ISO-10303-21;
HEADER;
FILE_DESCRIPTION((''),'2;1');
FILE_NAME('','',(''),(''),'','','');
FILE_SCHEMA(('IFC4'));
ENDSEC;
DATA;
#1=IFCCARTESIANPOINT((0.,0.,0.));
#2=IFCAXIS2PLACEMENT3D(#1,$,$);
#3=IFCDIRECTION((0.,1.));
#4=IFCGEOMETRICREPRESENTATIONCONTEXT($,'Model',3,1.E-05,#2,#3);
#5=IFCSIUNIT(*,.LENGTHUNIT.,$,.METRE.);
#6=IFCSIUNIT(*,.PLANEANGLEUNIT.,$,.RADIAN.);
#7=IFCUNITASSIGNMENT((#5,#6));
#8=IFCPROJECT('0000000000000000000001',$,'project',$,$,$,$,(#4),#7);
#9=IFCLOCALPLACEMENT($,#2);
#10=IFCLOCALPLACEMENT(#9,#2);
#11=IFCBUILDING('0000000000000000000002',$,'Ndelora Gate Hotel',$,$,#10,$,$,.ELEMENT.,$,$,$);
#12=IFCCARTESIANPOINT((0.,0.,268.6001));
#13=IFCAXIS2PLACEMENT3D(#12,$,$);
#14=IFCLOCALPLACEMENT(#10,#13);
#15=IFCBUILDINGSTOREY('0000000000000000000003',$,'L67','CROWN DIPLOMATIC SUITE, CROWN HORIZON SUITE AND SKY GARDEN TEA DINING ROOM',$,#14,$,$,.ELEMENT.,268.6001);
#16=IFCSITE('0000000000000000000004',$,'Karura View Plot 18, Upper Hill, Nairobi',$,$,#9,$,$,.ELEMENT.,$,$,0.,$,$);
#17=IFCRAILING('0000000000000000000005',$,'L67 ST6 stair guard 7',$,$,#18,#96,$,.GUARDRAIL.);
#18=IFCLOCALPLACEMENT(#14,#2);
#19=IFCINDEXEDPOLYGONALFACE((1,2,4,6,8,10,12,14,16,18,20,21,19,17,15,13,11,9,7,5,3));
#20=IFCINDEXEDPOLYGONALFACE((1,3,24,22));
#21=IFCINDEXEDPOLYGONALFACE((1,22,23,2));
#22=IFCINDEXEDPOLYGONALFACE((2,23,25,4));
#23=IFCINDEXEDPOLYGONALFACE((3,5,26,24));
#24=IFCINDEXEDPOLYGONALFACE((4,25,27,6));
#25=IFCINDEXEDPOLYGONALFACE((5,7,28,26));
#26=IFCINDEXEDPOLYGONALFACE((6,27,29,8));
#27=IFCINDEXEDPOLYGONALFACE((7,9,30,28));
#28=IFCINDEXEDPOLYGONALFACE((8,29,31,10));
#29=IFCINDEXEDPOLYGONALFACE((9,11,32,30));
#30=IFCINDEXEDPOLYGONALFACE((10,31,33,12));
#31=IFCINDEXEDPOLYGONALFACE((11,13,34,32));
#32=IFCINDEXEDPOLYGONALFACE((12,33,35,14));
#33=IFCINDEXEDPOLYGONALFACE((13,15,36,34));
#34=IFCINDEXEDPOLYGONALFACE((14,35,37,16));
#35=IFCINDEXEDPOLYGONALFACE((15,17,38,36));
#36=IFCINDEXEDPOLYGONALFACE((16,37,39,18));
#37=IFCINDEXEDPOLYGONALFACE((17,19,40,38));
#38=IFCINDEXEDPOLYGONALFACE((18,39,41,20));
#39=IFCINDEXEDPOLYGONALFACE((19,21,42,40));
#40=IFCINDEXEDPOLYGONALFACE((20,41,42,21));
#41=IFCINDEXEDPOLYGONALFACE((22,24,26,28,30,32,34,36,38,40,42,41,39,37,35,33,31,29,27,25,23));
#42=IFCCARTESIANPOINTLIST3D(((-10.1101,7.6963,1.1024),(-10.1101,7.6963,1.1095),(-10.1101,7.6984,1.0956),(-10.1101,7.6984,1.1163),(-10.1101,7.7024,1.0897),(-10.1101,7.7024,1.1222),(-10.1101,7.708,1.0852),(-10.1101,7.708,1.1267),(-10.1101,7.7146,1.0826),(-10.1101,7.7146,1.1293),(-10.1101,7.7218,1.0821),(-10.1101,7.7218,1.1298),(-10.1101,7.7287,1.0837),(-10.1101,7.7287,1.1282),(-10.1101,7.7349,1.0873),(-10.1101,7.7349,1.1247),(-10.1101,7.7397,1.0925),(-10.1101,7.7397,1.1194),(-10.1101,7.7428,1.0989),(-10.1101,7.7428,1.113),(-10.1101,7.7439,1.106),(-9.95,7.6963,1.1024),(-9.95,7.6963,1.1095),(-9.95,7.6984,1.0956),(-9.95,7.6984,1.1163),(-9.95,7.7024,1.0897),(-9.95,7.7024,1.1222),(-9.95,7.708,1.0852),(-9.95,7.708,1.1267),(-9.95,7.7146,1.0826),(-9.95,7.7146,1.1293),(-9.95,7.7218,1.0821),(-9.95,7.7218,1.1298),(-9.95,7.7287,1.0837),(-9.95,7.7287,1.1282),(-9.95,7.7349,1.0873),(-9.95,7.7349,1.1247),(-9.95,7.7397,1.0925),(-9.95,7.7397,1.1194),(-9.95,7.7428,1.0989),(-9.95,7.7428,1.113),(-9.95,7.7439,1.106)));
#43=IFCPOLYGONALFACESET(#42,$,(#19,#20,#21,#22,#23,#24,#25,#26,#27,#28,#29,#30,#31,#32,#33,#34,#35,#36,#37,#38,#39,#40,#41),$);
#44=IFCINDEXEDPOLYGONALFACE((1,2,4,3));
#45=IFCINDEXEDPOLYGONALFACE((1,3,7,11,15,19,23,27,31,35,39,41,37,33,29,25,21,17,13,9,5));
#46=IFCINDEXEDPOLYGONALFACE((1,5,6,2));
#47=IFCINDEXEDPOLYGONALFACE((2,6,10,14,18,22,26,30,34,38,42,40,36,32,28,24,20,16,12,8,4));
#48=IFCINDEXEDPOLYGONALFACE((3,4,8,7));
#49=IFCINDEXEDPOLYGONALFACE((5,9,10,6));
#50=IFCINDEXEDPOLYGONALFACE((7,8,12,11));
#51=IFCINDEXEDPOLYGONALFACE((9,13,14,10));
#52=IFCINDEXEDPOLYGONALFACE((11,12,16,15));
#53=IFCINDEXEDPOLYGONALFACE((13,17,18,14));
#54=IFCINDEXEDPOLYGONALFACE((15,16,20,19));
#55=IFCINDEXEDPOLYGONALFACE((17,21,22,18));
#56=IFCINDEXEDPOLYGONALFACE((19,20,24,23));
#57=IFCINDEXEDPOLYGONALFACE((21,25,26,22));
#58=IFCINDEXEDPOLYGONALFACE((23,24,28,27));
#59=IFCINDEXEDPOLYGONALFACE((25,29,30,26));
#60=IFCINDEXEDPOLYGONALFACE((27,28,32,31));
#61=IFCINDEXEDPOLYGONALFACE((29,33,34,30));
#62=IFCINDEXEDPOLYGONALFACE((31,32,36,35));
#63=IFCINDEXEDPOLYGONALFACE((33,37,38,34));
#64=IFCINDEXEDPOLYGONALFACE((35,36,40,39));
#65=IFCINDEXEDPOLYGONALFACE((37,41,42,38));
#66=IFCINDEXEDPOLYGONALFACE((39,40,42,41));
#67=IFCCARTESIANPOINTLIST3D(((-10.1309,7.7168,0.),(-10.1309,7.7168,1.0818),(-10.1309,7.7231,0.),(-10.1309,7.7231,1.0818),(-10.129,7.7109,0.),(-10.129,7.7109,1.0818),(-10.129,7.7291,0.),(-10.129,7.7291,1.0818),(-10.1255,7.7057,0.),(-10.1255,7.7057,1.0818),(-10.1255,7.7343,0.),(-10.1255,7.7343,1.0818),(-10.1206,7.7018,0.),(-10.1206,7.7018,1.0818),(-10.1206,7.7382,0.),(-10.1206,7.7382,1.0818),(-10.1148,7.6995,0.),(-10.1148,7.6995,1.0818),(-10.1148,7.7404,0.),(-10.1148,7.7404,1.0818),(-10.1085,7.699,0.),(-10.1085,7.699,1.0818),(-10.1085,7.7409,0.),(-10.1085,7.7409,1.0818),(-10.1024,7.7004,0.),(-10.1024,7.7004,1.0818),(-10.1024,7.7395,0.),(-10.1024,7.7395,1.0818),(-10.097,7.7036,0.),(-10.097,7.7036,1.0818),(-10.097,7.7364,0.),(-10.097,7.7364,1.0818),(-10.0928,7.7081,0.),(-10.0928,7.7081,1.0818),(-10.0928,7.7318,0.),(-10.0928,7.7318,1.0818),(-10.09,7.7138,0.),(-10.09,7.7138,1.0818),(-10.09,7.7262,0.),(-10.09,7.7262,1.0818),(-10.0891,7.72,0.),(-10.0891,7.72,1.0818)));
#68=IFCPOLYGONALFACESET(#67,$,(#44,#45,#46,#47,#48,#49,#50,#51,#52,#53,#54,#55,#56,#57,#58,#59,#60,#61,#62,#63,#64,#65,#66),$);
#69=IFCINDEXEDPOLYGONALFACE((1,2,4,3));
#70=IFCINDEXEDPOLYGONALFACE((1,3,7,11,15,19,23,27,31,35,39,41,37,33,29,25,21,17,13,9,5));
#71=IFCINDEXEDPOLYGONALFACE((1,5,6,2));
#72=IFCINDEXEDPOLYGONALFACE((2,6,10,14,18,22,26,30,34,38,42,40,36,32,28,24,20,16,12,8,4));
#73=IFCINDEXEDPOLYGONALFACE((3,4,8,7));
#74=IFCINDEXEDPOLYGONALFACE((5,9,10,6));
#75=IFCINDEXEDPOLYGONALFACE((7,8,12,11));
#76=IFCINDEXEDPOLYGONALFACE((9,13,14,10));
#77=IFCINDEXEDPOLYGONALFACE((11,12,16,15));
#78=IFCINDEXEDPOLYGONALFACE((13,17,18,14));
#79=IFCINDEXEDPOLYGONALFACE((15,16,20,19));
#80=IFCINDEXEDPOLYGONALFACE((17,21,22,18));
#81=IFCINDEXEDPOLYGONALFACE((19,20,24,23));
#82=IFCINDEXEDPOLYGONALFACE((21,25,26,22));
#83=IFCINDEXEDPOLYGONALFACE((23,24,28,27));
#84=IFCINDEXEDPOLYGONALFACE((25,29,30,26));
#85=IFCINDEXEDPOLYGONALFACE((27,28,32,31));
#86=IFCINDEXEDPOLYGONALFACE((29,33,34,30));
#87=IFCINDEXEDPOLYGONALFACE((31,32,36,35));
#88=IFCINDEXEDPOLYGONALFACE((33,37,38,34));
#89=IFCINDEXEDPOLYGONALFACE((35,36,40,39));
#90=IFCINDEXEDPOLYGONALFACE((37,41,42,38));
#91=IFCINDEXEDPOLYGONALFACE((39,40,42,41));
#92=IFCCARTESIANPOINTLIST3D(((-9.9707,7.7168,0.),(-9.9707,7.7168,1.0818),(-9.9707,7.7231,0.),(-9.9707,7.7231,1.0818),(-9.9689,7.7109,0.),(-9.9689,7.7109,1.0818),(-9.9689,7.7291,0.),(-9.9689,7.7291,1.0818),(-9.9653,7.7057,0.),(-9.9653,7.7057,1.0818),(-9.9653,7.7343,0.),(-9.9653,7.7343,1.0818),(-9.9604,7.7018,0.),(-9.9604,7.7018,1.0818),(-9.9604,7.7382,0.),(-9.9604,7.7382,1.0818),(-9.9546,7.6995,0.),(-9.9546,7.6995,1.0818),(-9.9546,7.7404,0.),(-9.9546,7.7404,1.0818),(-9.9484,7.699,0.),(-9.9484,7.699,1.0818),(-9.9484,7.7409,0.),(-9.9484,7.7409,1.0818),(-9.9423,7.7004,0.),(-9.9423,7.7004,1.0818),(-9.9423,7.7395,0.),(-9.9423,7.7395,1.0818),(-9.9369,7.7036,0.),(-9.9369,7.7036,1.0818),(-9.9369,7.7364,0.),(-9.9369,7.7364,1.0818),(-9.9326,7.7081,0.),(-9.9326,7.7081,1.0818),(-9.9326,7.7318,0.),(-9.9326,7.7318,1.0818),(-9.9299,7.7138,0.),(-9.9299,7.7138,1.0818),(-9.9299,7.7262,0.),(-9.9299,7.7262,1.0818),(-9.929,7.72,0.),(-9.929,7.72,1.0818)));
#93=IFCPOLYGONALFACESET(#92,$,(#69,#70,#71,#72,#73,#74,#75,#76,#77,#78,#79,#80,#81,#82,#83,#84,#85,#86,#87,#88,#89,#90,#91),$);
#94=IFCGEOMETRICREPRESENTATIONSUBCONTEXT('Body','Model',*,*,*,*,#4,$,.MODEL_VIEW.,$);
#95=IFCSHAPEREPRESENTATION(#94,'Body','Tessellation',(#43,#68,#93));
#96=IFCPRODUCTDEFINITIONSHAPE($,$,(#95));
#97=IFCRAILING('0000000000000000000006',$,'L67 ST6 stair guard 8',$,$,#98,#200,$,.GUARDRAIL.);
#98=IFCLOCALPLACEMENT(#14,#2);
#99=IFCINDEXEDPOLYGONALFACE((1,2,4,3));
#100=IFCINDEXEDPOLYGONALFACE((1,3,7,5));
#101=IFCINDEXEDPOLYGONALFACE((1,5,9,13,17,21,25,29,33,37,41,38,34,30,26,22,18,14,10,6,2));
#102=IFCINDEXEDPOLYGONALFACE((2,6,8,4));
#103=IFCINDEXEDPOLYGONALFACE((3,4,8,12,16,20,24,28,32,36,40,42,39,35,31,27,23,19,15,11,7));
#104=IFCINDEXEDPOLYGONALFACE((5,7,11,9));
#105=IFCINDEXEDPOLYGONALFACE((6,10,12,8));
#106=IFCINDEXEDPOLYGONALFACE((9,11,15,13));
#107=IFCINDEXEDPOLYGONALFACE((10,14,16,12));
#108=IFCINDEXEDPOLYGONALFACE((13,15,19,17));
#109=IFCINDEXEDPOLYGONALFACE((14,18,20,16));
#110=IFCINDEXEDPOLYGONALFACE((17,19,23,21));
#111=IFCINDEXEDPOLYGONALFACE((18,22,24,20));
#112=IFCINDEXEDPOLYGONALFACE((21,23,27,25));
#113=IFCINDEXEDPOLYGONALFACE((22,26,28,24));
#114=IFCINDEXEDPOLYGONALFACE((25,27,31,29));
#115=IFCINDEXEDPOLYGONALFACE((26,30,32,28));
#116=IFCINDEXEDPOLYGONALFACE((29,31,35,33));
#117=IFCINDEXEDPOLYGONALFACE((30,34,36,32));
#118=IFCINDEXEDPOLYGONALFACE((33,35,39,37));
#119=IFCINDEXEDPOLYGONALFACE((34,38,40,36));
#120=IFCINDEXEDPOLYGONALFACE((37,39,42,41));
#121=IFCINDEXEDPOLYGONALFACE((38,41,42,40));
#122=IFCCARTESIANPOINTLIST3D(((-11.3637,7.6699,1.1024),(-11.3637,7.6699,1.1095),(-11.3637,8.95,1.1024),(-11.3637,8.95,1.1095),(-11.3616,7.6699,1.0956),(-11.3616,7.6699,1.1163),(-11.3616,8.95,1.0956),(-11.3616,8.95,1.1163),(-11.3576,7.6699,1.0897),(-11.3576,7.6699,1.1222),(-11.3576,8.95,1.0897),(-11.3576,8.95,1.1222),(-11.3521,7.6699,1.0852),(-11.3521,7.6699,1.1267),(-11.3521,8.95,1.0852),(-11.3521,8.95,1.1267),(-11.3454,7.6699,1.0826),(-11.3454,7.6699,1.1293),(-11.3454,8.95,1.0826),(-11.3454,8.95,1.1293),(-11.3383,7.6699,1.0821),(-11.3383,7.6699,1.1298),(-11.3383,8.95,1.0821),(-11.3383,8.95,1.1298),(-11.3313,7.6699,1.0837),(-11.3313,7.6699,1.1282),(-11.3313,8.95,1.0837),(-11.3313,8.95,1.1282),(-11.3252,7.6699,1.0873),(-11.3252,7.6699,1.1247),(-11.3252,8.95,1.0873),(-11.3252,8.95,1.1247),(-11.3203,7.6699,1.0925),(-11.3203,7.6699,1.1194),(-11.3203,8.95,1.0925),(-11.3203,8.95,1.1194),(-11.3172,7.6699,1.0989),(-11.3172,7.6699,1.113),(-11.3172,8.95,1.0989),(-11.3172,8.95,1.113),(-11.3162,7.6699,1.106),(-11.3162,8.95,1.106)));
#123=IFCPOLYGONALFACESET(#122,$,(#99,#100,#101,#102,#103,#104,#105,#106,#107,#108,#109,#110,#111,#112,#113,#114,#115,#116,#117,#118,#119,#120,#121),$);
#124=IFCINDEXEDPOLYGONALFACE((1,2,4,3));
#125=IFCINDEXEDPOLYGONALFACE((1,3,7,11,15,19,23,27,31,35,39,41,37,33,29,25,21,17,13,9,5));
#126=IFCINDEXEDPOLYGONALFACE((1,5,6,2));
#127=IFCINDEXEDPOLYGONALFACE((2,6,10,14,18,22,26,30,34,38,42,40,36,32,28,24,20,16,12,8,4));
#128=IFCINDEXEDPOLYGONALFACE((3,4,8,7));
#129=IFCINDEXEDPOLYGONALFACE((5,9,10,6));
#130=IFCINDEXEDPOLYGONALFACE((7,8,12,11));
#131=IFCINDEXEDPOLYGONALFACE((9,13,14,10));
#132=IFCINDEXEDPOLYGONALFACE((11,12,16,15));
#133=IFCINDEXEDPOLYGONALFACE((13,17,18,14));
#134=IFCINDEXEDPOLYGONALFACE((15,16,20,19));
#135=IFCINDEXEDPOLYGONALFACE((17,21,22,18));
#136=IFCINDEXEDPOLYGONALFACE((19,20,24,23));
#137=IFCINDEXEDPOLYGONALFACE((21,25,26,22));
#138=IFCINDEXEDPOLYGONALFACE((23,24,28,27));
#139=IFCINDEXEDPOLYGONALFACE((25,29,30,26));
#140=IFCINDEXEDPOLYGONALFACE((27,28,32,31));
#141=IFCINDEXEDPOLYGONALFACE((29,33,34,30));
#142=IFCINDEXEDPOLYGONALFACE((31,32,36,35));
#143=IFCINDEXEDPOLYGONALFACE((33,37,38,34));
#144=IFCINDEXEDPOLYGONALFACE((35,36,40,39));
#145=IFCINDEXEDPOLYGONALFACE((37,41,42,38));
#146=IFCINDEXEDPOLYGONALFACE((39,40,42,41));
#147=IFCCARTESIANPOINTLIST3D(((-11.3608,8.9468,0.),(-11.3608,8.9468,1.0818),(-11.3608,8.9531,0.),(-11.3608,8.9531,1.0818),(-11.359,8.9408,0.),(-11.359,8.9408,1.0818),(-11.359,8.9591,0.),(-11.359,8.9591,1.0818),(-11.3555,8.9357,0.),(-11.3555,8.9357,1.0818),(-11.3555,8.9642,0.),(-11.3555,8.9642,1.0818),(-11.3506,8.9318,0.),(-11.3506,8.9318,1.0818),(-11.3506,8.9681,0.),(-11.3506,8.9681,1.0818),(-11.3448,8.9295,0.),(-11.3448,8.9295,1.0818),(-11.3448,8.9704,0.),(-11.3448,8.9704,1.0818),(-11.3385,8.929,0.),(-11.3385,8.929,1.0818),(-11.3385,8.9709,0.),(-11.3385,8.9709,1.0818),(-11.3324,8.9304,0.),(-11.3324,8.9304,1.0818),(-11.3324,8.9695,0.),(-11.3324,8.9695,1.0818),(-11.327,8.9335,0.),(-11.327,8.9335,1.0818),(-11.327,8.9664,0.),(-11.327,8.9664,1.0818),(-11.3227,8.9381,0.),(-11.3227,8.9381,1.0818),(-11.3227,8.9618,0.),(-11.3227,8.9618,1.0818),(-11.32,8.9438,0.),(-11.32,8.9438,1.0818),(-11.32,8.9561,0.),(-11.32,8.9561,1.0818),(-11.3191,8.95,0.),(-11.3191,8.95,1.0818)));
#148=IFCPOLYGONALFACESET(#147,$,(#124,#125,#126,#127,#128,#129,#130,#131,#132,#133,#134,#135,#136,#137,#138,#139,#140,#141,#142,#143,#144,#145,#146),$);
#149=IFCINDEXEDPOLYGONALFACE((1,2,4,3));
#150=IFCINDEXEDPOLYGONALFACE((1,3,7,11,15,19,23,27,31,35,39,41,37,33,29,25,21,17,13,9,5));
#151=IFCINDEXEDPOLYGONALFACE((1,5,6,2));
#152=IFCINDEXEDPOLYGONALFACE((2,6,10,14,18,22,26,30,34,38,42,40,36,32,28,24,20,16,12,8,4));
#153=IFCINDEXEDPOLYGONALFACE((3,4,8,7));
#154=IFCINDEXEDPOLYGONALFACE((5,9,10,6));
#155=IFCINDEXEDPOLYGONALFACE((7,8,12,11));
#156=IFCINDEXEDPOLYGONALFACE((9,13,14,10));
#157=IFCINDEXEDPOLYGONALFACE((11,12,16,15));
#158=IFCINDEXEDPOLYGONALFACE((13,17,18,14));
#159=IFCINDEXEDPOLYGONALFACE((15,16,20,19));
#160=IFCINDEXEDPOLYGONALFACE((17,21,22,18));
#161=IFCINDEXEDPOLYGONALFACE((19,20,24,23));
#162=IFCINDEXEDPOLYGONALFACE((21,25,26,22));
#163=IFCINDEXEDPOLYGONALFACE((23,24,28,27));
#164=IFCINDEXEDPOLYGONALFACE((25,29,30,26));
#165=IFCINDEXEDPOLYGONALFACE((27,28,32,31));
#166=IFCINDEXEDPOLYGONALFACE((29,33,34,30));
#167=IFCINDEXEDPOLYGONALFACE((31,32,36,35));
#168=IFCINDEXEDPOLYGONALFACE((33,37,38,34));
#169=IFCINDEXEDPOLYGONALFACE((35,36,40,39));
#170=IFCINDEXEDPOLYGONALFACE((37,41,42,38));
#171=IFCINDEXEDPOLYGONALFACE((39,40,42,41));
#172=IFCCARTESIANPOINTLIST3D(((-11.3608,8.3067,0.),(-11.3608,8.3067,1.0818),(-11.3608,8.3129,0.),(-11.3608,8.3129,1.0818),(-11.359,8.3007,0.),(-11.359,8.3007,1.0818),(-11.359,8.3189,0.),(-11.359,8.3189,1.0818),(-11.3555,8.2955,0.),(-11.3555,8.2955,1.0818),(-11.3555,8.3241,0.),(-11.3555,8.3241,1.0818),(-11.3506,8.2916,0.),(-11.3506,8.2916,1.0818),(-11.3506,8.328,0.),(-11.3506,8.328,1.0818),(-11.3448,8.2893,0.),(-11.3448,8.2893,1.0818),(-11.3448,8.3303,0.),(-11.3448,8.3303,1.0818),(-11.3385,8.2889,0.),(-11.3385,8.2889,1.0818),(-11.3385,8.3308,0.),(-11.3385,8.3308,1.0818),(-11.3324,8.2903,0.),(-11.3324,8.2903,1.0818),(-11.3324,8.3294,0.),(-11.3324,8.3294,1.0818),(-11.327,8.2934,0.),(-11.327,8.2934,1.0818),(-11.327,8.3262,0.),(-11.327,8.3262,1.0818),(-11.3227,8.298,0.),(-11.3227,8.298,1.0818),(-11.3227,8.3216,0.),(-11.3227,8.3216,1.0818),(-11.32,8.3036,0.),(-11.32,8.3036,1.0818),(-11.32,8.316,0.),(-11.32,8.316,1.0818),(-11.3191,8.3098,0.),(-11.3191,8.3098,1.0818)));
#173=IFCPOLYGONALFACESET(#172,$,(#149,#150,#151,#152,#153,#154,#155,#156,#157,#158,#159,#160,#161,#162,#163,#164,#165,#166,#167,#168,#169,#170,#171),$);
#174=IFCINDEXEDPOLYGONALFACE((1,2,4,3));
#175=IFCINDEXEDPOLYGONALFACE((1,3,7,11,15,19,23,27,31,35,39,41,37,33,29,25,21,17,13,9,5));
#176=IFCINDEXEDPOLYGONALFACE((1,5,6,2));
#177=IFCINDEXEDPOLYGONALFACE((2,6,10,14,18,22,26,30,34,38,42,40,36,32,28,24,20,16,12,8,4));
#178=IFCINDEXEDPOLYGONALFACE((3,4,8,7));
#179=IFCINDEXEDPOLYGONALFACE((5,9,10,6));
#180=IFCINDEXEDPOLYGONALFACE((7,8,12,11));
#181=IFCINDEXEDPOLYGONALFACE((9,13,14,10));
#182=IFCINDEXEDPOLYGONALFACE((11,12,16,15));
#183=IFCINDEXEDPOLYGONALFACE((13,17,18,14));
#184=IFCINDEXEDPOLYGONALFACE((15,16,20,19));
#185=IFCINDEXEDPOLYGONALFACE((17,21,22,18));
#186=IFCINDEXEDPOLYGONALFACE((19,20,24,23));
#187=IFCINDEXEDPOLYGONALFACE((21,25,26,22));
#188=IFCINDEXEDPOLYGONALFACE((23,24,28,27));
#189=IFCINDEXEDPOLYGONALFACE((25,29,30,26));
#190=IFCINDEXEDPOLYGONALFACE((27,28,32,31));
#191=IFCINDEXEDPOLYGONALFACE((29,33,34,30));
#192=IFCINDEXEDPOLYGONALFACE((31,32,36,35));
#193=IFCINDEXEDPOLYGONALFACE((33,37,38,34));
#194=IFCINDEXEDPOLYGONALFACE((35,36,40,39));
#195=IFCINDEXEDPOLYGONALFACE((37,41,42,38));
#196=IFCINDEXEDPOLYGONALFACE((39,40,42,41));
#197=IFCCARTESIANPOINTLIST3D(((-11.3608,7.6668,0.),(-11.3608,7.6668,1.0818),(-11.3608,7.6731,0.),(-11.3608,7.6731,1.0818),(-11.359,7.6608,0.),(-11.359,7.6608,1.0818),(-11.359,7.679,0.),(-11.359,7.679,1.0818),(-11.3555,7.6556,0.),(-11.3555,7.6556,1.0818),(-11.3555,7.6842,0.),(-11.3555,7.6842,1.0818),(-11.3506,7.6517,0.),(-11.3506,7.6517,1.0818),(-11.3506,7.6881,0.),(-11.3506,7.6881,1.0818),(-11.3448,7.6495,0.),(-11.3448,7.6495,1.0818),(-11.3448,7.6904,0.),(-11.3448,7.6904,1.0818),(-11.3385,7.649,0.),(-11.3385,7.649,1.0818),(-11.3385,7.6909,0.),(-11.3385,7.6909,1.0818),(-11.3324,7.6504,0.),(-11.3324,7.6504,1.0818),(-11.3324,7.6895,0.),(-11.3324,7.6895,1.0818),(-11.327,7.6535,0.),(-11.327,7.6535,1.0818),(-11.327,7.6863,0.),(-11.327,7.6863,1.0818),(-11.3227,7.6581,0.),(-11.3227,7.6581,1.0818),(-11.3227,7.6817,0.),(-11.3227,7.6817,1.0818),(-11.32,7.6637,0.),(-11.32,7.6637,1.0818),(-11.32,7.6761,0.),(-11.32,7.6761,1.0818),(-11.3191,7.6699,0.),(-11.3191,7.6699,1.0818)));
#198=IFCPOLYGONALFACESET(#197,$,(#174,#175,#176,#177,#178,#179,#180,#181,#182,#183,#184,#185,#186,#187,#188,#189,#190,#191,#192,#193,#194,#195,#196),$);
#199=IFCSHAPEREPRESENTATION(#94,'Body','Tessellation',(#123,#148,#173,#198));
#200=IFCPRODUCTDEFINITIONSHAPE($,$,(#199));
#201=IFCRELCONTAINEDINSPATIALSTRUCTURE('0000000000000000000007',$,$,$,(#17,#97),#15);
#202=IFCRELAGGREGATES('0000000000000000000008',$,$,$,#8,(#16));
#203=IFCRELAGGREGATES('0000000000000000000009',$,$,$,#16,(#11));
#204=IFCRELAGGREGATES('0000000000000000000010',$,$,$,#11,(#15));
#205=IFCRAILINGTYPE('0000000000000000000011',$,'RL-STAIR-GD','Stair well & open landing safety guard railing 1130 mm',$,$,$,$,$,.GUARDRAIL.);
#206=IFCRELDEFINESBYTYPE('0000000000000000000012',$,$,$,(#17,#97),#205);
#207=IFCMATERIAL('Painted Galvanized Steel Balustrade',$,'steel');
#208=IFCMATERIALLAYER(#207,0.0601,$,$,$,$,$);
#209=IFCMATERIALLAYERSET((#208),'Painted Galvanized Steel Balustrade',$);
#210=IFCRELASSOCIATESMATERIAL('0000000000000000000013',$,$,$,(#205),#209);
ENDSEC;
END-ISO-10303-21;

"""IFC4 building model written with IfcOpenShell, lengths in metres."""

from ifc_helpers import new_model, si_unit, direction, frame, origin, origin_2d, place, context, subcontext, project, spatial, circle, extrude, material, layer, layer_set, type_object, element, save


model = new_model("IFC4")

# Units and contexts
model_context = context("Model", 3, precision=1e-05, world=origin(), true_north=direction((0.0, 1.0)))
body_context = subcontext(model_context, "Body", "Model", "MODEL_VIEW")
ifc_project = project(units=[si_unit("LENGTHUNIT", "METRE"), si_unit("PLANEANGLEUNIT", "RADIAN")], contexts=[model_context])

# Site, building, storey
site_placement = place(None, origin())
site = spatial("IfcSite", under=ifc_project, at=site_placement, Name="Karura View Plot 18, Upper Hill, Nairobi", CompositionType="ELEMENT", RefElevation=0.0)
building_placement = place(site_placement, origin())
building = spatial("IfcBuilding", under=site, at=building_placement, Name="Ndelora Gate Hotel", CompositionType="ELEMENT")
storey_placement = place(building_placement, frame((0.0, 0.0, 268.6001)))
storey = spatial("IfcBuildingStorey", under=building, at=storey_placement, Name="L67", Description="CROWN DIPLOMATIC SUITE, CROWN HORIZON SUITE AND SKY GARDEN TEA DINING ROOM", CompositionType="ELEMENT", Elevation=268.6001)

# Railings
ifc_material_1 = material(Name="Painted Galvanized Steel Balustrade", Category="steel")
ifc_layer_1 = layer(ifc_material_1, 0.0601)
ifc_layer_set_1 = layer_set([ifc_layer_1], Name="Painted Galvanized Steel Balustrade")
railing_type_1 = type_object("IfcRailingType", Name="RL-STAIR-GD", Description="Stair well & open landing safety guard railing 1130 mm", PredefinedType="GUARDRAIL", material=ifc_layer_set_1)
railing_1_placement = place(storey_placement, frame((-10.1101, 7.72, 0.0)))
element("IfcRailing", 1, at=railing_1_placement, inside=storey, type_object=railing_type_1, Name="L67 ST6 stair guard 7", PredefinedType="GUARDRAIL", context=body_context, shape_type="SweptSolid", body=[
    extrude(circle(Radius=0.0239, at=origin_2d()), frame((0.0, 0.0, 1.106), z_axis=(1.0, 0.0, 0.0), x_axis=(0.0, 1.0, 0.0)), (0.0, 0.0, 1.0), 0.1602),
    extrude(circle(Radius=0.021, at=origin_2d()), origin(), (0.0, 0.0, 1.0), 1.0818),
    extrude(circle(Radius=0.021, at=origin_2d()), frame((0.1602, 0.0, 0.0)), (0.0, 0.0, 1.0), 1.0818),
])
railing_2_placement = place(storey_placement, frame((-11.3401, 8.95, 0.0)))
element("IfcRailing", 2, at=railing_2_placement, inside=storey, type_object=railing_type_1, Name="L67 ST6 stair guard 8", PredefinedType="GUARDRAIL", context=body_context, shape_type="SweptSolid", body=[
    extrude(circle(Radius=0.0239, at=origin_2d()), frame((0.0, 0.0, 1.106), z_axis=(0.0, -1.0, 0.0), x_axis=(1.0, 0.0, 0.0)), (0.0, 0.0, 1.0), 1.28),
    extrude(circle(Radius=0.021, at=origin_2d()), origin(), (0.0, 0.0, 1.0), 1.0818),
    extrude(circle(Radius=0.021, at=origin_2d()), frame((0.0, -0.6401, 0.0)), (0.0, 0.0, 1.0), 1.0818),
    extrude(circle(Radius=0.021, at=origin_2d()), frame((0.0, -1.28, 0.0)), (0.0, 0.0, 1.0), 1.0818),
])

save(model, "model.ifc")
